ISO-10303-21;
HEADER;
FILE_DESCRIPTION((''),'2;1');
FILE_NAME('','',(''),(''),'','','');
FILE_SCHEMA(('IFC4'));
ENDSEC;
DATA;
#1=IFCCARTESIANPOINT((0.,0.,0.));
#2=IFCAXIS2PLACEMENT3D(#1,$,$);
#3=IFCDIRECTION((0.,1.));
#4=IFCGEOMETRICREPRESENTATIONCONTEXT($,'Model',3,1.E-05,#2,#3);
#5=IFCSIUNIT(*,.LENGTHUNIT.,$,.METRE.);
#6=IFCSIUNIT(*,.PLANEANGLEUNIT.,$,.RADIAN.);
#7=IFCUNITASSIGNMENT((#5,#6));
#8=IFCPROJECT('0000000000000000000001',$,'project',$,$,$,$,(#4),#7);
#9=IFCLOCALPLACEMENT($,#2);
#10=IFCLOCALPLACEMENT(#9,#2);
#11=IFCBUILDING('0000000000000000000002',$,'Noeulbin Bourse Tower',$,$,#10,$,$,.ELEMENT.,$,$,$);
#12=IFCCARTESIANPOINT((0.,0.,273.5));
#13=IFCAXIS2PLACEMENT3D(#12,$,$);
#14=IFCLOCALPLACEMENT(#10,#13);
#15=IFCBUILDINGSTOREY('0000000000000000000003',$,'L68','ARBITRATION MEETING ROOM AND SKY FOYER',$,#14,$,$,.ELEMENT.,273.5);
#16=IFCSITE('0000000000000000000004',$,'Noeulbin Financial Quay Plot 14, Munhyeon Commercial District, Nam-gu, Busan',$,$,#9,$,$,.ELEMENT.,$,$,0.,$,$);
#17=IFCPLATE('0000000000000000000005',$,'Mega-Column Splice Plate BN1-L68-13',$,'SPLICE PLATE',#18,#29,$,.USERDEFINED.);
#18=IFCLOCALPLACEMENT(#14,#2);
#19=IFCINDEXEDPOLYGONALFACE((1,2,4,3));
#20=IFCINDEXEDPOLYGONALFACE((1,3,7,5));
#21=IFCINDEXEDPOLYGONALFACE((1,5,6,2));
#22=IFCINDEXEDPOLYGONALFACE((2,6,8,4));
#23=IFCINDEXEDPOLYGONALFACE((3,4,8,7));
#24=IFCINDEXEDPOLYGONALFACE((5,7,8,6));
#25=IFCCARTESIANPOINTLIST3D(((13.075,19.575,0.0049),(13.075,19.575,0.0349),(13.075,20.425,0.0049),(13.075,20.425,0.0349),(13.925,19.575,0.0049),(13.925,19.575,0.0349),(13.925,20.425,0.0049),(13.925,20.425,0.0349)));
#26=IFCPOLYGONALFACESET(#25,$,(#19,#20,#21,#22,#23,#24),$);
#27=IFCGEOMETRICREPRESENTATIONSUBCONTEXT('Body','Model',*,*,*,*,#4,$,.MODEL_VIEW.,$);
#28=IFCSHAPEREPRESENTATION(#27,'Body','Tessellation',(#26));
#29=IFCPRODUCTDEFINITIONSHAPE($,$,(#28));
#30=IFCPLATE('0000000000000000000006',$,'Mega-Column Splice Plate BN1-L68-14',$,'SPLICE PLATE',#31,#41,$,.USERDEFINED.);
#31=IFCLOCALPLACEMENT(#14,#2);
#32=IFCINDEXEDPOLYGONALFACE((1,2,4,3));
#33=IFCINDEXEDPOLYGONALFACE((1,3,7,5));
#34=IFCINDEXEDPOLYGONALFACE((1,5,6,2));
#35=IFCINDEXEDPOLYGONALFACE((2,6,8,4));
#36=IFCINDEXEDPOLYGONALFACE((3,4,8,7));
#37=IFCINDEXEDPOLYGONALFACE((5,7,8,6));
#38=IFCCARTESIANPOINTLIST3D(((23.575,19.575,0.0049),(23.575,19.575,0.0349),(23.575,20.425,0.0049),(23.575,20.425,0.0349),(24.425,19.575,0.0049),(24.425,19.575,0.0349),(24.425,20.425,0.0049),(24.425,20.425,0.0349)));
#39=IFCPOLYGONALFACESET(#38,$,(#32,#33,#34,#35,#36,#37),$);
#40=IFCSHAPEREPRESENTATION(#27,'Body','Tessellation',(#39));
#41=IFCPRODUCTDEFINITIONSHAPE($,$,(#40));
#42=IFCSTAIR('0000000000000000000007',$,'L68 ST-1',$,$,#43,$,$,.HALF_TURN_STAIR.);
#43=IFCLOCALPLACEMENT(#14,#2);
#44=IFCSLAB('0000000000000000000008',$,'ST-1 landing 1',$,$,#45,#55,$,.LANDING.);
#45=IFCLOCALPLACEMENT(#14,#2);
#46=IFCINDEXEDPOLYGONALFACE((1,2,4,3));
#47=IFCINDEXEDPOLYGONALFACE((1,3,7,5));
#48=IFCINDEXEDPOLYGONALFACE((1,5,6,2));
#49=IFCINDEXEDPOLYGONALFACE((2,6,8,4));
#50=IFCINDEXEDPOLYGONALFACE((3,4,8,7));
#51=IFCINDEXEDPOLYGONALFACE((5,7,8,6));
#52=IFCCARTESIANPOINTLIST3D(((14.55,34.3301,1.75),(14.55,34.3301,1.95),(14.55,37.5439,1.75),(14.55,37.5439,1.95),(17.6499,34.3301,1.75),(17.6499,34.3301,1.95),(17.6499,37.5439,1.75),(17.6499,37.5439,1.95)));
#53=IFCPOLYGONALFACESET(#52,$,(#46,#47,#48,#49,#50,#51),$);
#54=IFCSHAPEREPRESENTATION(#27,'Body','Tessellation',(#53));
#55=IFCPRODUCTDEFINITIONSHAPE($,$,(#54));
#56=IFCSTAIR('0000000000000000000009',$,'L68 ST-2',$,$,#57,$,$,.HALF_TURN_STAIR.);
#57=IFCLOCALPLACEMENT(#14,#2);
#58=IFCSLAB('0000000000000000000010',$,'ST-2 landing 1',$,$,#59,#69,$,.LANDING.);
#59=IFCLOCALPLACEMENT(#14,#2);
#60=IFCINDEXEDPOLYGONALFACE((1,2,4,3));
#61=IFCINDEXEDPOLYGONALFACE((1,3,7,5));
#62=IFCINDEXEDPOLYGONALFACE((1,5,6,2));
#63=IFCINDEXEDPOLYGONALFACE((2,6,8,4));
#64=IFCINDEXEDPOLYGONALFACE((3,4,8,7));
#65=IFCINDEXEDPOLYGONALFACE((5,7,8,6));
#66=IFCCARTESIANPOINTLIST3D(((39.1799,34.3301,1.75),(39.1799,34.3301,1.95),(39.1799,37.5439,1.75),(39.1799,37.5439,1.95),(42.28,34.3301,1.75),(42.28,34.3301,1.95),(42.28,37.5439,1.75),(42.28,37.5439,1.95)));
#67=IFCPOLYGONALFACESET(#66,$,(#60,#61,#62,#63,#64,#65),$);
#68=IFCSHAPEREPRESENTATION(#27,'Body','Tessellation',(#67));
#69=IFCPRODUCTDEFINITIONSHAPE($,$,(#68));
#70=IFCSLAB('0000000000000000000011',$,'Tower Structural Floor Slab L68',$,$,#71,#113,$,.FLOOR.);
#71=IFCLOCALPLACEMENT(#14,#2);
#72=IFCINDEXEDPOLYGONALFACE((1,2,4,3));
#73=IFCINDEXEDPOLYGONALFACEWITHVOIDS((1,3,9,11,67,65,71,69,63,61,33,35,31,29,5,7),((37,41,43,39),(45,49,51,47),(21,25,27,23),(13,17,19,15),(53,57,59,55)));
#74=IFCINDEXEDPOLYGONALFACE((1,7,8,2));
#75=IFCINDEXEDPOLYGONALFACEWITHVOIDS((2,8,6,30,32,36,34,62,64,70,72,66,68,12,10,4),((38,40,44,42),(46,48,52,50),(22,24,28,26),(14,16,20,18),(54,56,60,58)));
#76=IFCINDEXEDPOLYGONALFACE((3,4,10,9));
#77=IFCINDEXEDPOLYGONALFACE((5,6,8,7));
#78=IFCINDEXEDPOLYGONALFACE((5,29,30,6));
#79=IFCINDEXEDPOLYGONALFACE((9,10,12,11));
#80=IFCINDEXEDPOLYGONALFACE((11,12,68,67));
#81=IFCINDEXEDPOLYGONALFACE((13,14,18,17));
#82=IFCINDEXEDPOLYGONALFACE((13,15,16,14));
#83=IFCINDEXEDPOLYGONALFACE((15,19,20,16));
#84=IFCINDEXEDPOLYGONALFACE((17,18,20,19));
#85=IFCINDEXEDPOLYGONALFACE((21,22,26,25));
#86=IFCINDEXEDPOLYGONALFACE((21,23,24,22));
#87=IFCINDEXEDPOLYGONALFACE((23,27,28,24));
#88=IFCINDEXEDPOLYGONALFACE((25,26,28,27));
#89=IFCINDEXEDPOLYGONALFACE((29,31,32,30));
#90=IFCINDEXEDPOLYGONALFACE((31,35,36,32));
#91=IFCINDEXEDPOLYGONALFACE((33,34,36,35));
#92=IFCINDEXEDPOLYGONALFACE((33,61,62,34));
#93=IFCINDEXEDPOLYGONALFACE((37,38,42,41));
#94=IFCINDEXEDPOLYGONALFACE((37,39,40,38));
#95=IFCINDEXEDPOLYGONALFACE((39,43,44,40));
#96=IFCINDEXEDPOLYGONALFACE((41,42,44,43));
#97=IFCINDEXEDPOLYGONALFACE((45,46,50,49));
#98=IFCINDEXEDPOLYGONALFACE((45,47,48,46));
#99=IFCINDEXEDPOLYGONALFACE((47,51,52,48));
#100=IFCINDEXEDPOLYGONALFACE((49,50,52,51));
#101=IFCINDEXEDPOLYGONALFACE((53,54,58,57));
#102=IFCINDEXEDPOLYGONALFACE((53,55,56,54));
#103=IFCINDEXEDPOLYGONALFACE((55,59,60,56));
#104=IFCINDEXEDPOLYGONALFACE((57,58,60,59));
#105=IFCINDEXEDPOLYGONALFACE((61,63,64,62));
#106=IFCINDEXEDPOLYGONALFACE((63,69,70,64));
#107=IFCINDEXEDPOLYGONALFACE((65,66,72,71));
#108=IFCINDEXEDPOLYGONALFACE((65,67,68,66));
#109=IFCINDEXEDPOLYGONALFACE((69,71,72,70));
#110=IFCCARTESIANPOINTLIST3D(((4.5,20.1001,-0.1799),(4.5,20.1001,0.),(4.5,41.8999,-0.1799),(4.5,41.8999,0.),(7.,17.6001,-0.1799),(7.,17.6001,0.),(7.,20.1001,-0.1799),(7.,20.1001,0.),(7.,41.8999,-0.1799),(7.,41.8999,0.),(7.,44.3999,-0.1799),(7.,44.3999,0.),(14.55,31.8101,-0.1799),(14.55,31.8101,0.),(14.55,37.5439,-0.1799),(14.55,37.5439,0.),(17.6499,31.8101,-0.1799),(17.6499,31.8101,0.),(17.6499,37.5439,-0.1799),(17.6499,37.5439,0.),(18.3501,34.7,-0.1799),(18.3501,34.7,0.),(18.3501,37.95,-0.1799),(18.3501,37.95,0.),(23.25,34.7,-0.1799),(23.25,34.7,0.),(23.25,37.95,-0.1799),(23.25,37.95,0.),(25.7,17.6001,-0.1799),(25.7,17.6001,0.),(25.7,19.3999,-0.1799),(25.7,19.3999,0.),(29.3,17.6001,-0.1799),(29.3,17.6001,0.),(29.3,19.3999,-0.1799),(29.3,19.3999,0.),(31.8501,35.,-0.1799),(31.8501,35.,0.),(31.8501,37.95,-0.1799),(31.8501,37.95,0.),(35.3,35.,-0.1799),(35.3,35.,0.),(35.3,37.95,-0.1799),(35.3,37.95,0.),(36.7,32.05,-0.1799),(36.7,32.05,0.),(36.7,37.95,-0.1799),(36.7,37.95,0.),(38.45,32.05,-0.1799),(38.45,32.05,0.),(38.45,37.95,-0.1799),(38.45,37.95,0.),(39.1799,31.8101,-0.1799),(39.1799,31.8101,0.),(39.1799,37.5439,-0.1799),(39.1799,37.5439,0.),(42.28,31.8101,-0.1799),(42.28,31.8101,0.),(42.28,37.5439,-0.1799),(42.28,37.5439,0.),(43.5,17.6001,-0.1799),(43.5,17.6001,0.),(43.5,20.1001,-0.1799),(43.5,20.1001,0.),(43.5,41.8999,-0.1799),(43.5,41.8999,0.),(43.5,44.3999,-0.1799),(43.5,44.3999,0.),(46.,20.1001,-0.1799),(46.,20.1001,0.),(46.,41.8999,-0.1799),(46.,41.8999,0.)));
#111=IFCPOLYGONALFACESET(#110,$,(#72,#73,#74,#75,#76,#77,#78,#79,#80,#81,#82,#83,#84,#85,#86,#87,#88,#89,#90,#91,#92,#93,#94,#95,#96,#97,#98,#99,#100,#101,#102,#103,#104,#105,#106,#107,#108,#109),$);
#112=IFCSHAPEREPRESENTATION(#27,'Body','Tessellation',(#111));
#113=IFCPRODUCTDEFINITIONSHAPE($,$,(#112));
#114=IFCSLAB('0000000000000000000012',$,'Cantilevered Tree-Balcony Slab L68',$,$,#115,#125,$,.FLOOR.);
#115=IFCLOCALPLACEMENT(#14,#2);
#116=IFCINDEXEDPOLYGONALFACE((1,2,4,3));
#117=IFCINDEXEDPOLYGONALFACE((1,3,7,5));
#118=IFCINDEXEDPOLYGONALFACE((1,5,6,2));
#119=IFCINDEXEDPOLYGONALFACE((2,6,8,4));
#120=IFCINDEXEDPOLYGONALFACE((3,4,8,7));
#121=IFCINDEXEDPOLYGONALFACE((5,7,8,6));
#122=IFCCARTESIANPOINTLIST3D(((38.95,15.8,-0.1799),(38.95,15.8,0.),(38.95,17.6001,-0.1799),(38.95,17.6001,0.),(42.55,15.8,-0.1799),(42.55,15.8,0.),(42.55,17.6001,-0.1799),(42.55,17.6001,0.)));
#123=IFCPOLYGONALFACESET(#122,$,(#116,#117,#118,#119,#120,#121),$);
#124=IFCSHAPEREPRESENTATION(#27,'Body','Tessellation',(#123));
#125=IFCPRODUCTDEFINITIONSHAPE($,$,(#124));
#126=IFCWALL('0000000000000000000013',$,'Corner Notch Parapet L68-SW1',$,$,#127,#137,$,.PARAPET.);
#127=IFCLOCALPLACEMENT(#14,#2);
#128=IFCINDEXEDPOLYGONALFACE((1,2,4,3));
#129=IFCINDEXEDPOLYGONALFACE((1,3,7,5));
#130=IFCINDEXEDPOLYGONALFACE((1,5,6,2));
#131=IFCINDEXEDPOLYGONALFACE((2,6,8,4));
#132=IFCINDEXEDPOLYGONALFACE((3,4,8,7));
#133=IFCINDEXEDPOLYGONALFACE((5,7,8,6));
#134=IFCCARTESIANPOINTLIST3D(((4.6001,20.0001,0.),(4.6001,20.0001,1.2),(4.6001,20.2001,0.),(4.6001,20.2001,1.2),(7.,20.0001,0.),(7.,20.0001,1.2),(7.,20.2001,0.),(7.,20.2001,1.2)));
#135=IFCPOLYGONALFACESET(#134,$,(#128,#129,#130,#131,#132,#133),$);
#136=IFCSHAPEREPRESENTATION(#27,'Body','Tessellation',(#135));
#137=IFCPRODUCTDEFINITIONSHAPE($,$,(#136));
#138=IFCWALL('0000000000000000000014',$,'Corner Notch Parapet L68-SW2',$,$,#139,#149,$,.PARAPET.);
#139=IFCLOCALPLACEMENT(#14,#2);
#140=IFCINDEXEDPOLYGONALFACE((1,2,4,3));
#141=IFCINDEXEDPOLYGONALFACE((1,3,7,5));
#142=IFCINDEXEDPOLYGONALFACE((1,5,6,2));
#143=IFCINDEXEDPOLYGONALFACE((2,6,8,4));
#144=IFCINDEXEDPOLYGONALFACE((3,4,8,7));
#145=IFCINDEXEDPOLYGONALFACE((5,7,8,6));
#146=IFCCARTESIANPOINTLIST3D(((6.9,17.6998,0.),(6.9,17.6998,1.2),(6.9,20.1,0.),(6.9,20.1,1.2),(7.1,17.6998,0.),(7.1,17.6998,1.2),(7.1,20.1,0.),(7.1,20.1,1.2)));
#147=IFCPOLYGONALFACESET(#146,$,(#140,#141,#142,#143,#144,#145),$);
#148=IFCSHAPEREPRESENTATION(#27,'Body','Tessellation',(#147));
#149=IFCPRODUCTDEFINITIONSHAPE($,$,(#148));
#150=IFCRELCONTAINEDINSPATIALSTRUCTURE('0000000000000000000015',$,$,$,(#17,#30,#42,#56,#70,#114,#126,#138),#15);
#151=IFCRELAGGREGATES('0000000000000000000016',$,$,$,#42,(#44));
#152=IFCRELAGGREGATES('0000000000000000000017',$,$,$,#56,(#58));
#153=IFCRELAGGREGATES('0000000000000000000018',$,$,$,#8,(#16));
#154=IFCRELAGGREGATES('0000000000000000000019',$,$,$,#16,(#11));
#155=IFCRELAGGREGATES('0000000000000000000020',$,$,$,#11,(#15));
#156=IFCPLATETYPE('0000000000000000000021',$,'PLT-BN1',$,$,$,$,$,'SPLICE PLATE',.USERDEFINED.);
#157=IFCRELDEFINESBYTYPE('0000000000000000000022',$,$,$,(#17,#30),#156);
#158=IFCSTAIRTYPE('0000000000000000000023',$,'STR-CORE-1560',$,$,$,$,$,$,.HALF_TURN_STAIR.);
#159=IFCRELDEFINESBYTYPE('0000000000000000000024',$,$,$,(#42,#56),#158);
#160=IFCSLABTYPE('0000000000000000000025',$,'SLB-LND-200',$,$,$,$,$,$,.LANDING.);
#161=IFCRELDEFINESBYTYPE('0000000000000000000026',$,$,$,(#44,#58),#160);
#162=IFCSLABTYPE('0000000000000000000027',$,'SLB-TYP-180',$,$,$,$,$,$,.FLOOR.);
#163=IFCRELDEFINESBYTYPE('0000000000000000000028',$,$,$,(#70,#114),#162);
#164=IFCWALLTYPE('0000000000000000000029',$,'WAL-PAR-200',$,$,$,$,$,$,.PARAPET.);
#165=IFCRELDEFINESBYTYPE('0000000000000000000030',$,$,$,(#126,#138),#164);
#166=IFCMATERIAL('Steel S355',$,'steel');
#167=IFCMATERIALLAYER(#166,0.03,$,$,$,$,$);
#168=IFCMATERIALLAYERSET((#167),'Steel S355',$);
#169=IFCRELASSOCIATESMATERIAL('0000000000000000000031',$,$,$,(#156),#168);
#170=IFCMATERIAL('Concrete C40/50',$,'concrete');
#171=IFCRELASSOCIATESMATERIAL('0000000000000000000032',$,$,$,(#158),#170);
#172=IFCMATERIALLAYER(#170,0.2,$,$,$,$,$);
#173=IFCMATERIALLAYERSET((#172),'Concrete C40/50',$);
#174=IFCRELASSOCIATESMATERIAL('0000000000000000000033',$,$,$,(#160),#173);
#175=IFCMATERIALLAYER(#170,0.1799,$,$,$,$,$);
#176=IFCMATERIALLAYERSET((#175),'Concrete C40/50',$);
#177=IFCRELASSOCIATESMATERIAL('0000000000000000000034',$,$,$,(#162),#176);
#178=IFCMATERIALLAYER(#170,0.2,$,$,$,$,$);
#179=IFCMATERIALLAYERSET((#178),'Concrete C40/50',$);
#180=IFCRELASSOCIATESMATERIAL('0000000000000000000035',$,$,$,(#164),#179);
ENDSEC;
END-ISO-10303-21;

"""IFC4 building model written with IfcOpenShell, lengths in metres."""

from ifc_helpers import new_model, si_unit, direction, frame, frame_2d, origin, origin_2d, place, context, subcontext, project, spatial, polyline, rectangle, outline, extrude, material, layer, layer_set, type_object, element, aggregate, save


model = new_model("IFC4")

# Units and contexts
model_context = context("Model", 3, precision=1e-05, world=origin(), true_north=direction((0.0, 1.0)))
body_context = subcontext(model_context, "Body", "Model", "MODEL_VIEW")
ifc_project = project(units=[si_unit("LENGTHUNIT", "METRE"), si_unit("PLANEANGLEUNIT", "RADIAN")], contexts=[model_context])

# Site, building, storey
site_placement = place(None, origin())
site = spatial("IfcSite", under=ifc_project, at=site_placement, Name="Noeulbin Financial Quay Plot 14, Munhyeon Commercial District, Nam-gu, Busan", CompositionType="ELEMENT", RefElevation=0.0)
building_placement = place(site_placement, origin())
building = spatial("IfcBuilding", under=site, at=building_placement, Name="Noeulbin Bourse Tower", CompositionType="ELEMENT")
storey_placement = place(building_placement, frame((0.0, 0.0, 273.5)))
storey = spatial("IfcBuildingStorey", under=building, at=storey_placement, Name="L68", Description="ARBITRATION MEETING ROOM AND SKY FOYER", CompositionType="ELEMENT", Elevation=273.5)

# Shared definitions
ifc_material_1 = material(Name="Steel S355", Category="steel")

# Plates
ifc_layer_1 = layer(ifc_material_1, 0.03)
ifc_layer_set_1 = layer_set([ifc_layer_1], Name="Steel S355")
plate_type_1 = type_object("IfcPlateType", Name="PLT-BN1", ElementType="SPLICE PLATE", PredefinedType="USERDEFINED", material=ifc_layer_set_1)
for number, where, z_axis, x_axis, name in (
    (1, (13.5, 20.0, 0.0049), (0.0, 0.0, 1.0), (1.0, 0.0, 0.0), "Mega-Column Splice Plate BN1-L68-13"),
    (2, (24.0, 20.0, 0.0049), (0.0, 0.0, 1.0), (1.0, 0.0, 0.0), "Mega-Column Splice Plate BN1-L68-14"),
):
    element("IfcPlate", number, at=place(storey_placement, frame(where, z_axis=z_axis, x_axis=x_axis)), inside=storey, type_object=plate_type_1, Name=name, ObjectType="SPLICE PLATE", PredefinedType="USERDEFINED", context=body_context, shape_type="SweptSolid", body=[
        extrude(rectangle(XDim=0.8501, YDim=0.8501, at=origin_2d()), origin(), (0.0, 0.0, 1.0), 0.03),
    ])

# Stairs, slabs
ifc_material_2 = material(Name="Concrete C40/50", Category="concrete")
stair_type = type_object("IfcStairType", Name="STR-CORE-1560", PredefinedType="HALF_TURN_STAIR", material=ifc_material_2)
stair_1_placement = place(storey_placement, origin())
stair_1 = element("IfcStair", 3, at=stair_1_placement, inside=storey, type_object=stair_type, Name="L68 ST-1", PredefinedType="HALF_TURN_STAIR")
ifc_layer_2 = layer(ifc_material_2, 0.2)
ifc_layer_set_2 = layer_set([ifc_layer_2], Name="Concrete C40/50")
slab_type_1 = type_object("IfcSlabType", Name="SLB-LND-200", PredefinedType="LANDING", material=ifc_layer_set_2)
slab_1_placement = place(storey_placement, frame((0.0, 0.0, 1.75)))
slab_1 = element("IfcSlab", 4, at=slab_1_placement, type_object=slab_type_1, Name="ST-1 landing 1", PredefinedType="LANDING", context=body_context, shape_type="SweptSolid", body=[
    extrude(outline(polyline([(17.6499, 34.3301), (17.6499, 37.5439), (14.55, 37.5439), (14.55, 34.3301), (17.6499, 34.3301)])), origin(), (0.0, 0.0, 1.0), 0.2),
])
aggregate(stair_1, [slab_1])
stair_2_placement = place(storey_placement, origin())
stair_2 = element("IfcStair", 5, at=stair_2_placement, inside=storey, type_object=stair_type, Name="L68 ST-2", PredefinedType="HALF_TURN_STAIR")
slab_2_placement = place(storey_placement, frame((0.0, 0.0, 1.75)))
slab_2 = element("IfcSlab", 6, at=slab_2_placement, type_object=slab_type_1, Name="ST-2 landing 1", PredefinedType="LANDING", context=body_context, shape_type="SweptSolid", body=[
    extrude(outline(polyline([(42.28, 34.3301), (42.28, 37.5439), (39.1799, 37.5439), (39.1799, 34.3301), (42.28, 34.3301)])), origin(), (0.0, 0.0, 1.0), 0.2),
])
aggregate(stair_2, [slab_2])

# Slab, openings
ifc_layer_3 = layer(ifc_material_2, 0.1799)
ifc_layer_set_3 = layer_set([ifc_layer_3], Name="Concrete C40/50")
slab_type_2 = type_object("IfcSlabType", Name="SLB-TYP-180", PredefinedType="FLOOR", material=ifc_layer_set_3)
slab_3_placement = place(storey_placement, frame((0.0, 0.0, -0.1799)))
slab_3 = element("IfcSlab", 7, at=slab_3_placement, inside=storey, type_object=slab_type_2, Name="Tower Structural Floor Slab L68", PredefinedType="FLOOR", context=body_context, shape_type="SweptSolid", body=[
    extrude(outline(polyline([(7.0, 17.6001), (25.7, 17.6001), (25.7, 19.3999), (29.3, 19.3999), (29.3, 17.6001), (43.5, 17.6001), (43.5, 20.1001), (46.0, 20.1001), (46.0, 41.8999), (43.5, 41.8999), (43.5, 44.3999), (7.0, 44.3999), (7.0, 41.8999), (4.5, 41.8999), (4.5, 20.1001), (7.0, 20.1001), (7.0, 17.6001)]), holes=[polyline([(17.6499, 31.8101), (17.6499, 37.5439), (14.55, 37.5439), (14.55, 31.8101), (17.6499, 31.8101)]), polyline([(42.28, 31.8101), (42.28, 37.5439), (39.1799, 37.5439), (39.1799, 31.8101), (42.28, 31.8101)]), polyline([(18.3501, 34.7), (23.25, 34.7), (23.25, 37.95), (18.3501, 37.95), (18.3501, 34.7)]), polyline([(36.7, 32.05), (38.45, 32.05), (38.45, 37.95), (36.7, 37.95), (36.7, 32.05)]), polyline([(31.8501, 35.0), (35.3, 35.0), (35.3, 37.95), (31.8501, 37.95), (31.8501, 35.0)])]), origin(), (0.0, 0.0, 1.0), 0.1799),
])
opening_1_placement = place(slab_3_placement, frame((0.0, 0.0, -0.01)))
element("IfcOpeningElement", 8, at=opening_1_placement, cuts=slab_3, PredefinedType="OPENING", context=body_context, shape_type="SweptSolid", body=[
    extrude(outline(polyline([(17.6499, 31.8101), (17.6499, 37.5439), (14.55, 37.5439), (14.55, 31.8101), (17.6499, 31.8101)])), origin(), (0.0, 0.0, 1.0), 0.2),
])
opening_2_placement = place(slab_3_placement, frame((0.0, 0.0, -0.01)))
element("IfcOpeningElement", 9, at=opening_2_placement, cuts=slab_3, PredefinedType="OPENING", context=body_context, shape_type="SweptSolid", body=[
    extrude(outline(polyline([(42.28, 31.8101), (42.28, 37.5439), (39.1799, 37.5439), (39.1799, 31.8101), (42.28, 31.8101)])), origin(), (0.0, 0.0, 1.0), 0.2),
])
opening_3_placement = place(slab_3_placement, frame((0.0, 0.0, -0.01)))
element("IfcOpeningElement", 10, at=opening_3_placement, cuts=slab_3, PredefinedType="OPENING", context=body_context, shape_type="SweptSolid", body=[
    extrude(outline(polyline([(18.3501, 34.7), (23.25, 34.7), (23.25, 37.95), (18.3501, 37.95), (18.3501, 34.7)])), origin(), (0.0, 0.0, 1.0), 0.2),
])
opening_4_placement = place(slab_3_placement, frame((0.0, 0.0, -0.01)))
element("IfcOpeningElement", 11, at=opening_4_placement, cuts=slab_3, PredefinedType="OPENING", context=body_context, shape_type="SweptSolid", body=[
    extrude(outline(polyline([(36.7, 32.05), (38.45, 32.05), (38.45, 37.95), (36.7, 37.95), (36.7, 32.05)])), origin(), (0.0, 0.0, 1.0), 0.2),
])
opening_5_placement = place(slab_3_placement, frame((0.0, 0.0, -0.01)))
element("IfcOpeningElement", 12, at=opening_5_placement, cuts=slab_3, PredefinedType="OPENING", context=body_context, shape_type="SweptSolid", body=[
    extrude(outline(polyline([(31.8501, 35.0), (35.3, 35.0), (35.3, 37.95), (31.8501, 37.95), (31.8501, 35.0)])), origin(), (0.0, 0.0, 1.0), 0.2),
])

# Slab
slab_4_placement = place(storey_placement, frame((0.0, 0.0, -0.1799)))
element("IfcSlab", 13, at=slab_4_placement, inside=storey, type_object=slab_type_2, Name="Cantilevered Tree-Balcony Slab L68", PredefinedType="FLOOR", context=body_context, shape_type="SweptSolid", body=[
    extrude(outline(polyline([(38.95, 15.8), (42.55, 15.8), (42.55, 17.6001), (38.95, 17.6001), (38.95, 15.8)])), origin(), (0.0, 0.0, 1.0), 0.1799),
])

# Walls
ifc_layer_4 = layer(ifc_material_2, 0.2)
ifc_layer_set_4 = layer_set([ifc_layer_4], Name="Concrete C40/50")
wall_type_1 = type_object("IfcWallType", Name="WAL-PAR-200", PredefinedType="PARAPET", material=ifc_layer_set_4)
wall_1_placement = place(storey_placement, frame((4.6001, 20.1001, 0.0), z_axis=(0.0, 0.0, 1.0), x_axis=(1.0, 0.0, 0.0)))
element("IfcWall", 14, at=wall_1_placement, inside=storey, type_object=wall_type_1, Name="Corner Notch Parapet L68-SW1", PredefinedType="PARAPET", context=body_context, shape_type="SweptSolid", body=[
    extrude(rectangle(XDim=2.3999, YDim=0.2, at=frame_2d((1.2, 0.0))), origin(), (0.0, 0.0, 1.0), 1.2),
])
wall_2_placement = place(storey_placement, frame((7.0, 20.1001, 0.0), z_axis=(0.0, 0.0, 1.0), x_axis=(0.0, -1.0, 0.0)))
element("IfcWall", 15, at=wall_2_placement, inside=storey, type_object=wall_type_1, Name="Corner Notch Parapet L68-SW2", PredefinedType="PARAPET", context=body_context, shape_type="SweptSolid", body=[
    extrude(rectangle(XDim=2.4001, YDim=0.2, at=frame_2d((1.2002, 0.0))), origin(), (0.0, 0.0, 1.0), 1.2),
])

save(model, "model.ifc")
